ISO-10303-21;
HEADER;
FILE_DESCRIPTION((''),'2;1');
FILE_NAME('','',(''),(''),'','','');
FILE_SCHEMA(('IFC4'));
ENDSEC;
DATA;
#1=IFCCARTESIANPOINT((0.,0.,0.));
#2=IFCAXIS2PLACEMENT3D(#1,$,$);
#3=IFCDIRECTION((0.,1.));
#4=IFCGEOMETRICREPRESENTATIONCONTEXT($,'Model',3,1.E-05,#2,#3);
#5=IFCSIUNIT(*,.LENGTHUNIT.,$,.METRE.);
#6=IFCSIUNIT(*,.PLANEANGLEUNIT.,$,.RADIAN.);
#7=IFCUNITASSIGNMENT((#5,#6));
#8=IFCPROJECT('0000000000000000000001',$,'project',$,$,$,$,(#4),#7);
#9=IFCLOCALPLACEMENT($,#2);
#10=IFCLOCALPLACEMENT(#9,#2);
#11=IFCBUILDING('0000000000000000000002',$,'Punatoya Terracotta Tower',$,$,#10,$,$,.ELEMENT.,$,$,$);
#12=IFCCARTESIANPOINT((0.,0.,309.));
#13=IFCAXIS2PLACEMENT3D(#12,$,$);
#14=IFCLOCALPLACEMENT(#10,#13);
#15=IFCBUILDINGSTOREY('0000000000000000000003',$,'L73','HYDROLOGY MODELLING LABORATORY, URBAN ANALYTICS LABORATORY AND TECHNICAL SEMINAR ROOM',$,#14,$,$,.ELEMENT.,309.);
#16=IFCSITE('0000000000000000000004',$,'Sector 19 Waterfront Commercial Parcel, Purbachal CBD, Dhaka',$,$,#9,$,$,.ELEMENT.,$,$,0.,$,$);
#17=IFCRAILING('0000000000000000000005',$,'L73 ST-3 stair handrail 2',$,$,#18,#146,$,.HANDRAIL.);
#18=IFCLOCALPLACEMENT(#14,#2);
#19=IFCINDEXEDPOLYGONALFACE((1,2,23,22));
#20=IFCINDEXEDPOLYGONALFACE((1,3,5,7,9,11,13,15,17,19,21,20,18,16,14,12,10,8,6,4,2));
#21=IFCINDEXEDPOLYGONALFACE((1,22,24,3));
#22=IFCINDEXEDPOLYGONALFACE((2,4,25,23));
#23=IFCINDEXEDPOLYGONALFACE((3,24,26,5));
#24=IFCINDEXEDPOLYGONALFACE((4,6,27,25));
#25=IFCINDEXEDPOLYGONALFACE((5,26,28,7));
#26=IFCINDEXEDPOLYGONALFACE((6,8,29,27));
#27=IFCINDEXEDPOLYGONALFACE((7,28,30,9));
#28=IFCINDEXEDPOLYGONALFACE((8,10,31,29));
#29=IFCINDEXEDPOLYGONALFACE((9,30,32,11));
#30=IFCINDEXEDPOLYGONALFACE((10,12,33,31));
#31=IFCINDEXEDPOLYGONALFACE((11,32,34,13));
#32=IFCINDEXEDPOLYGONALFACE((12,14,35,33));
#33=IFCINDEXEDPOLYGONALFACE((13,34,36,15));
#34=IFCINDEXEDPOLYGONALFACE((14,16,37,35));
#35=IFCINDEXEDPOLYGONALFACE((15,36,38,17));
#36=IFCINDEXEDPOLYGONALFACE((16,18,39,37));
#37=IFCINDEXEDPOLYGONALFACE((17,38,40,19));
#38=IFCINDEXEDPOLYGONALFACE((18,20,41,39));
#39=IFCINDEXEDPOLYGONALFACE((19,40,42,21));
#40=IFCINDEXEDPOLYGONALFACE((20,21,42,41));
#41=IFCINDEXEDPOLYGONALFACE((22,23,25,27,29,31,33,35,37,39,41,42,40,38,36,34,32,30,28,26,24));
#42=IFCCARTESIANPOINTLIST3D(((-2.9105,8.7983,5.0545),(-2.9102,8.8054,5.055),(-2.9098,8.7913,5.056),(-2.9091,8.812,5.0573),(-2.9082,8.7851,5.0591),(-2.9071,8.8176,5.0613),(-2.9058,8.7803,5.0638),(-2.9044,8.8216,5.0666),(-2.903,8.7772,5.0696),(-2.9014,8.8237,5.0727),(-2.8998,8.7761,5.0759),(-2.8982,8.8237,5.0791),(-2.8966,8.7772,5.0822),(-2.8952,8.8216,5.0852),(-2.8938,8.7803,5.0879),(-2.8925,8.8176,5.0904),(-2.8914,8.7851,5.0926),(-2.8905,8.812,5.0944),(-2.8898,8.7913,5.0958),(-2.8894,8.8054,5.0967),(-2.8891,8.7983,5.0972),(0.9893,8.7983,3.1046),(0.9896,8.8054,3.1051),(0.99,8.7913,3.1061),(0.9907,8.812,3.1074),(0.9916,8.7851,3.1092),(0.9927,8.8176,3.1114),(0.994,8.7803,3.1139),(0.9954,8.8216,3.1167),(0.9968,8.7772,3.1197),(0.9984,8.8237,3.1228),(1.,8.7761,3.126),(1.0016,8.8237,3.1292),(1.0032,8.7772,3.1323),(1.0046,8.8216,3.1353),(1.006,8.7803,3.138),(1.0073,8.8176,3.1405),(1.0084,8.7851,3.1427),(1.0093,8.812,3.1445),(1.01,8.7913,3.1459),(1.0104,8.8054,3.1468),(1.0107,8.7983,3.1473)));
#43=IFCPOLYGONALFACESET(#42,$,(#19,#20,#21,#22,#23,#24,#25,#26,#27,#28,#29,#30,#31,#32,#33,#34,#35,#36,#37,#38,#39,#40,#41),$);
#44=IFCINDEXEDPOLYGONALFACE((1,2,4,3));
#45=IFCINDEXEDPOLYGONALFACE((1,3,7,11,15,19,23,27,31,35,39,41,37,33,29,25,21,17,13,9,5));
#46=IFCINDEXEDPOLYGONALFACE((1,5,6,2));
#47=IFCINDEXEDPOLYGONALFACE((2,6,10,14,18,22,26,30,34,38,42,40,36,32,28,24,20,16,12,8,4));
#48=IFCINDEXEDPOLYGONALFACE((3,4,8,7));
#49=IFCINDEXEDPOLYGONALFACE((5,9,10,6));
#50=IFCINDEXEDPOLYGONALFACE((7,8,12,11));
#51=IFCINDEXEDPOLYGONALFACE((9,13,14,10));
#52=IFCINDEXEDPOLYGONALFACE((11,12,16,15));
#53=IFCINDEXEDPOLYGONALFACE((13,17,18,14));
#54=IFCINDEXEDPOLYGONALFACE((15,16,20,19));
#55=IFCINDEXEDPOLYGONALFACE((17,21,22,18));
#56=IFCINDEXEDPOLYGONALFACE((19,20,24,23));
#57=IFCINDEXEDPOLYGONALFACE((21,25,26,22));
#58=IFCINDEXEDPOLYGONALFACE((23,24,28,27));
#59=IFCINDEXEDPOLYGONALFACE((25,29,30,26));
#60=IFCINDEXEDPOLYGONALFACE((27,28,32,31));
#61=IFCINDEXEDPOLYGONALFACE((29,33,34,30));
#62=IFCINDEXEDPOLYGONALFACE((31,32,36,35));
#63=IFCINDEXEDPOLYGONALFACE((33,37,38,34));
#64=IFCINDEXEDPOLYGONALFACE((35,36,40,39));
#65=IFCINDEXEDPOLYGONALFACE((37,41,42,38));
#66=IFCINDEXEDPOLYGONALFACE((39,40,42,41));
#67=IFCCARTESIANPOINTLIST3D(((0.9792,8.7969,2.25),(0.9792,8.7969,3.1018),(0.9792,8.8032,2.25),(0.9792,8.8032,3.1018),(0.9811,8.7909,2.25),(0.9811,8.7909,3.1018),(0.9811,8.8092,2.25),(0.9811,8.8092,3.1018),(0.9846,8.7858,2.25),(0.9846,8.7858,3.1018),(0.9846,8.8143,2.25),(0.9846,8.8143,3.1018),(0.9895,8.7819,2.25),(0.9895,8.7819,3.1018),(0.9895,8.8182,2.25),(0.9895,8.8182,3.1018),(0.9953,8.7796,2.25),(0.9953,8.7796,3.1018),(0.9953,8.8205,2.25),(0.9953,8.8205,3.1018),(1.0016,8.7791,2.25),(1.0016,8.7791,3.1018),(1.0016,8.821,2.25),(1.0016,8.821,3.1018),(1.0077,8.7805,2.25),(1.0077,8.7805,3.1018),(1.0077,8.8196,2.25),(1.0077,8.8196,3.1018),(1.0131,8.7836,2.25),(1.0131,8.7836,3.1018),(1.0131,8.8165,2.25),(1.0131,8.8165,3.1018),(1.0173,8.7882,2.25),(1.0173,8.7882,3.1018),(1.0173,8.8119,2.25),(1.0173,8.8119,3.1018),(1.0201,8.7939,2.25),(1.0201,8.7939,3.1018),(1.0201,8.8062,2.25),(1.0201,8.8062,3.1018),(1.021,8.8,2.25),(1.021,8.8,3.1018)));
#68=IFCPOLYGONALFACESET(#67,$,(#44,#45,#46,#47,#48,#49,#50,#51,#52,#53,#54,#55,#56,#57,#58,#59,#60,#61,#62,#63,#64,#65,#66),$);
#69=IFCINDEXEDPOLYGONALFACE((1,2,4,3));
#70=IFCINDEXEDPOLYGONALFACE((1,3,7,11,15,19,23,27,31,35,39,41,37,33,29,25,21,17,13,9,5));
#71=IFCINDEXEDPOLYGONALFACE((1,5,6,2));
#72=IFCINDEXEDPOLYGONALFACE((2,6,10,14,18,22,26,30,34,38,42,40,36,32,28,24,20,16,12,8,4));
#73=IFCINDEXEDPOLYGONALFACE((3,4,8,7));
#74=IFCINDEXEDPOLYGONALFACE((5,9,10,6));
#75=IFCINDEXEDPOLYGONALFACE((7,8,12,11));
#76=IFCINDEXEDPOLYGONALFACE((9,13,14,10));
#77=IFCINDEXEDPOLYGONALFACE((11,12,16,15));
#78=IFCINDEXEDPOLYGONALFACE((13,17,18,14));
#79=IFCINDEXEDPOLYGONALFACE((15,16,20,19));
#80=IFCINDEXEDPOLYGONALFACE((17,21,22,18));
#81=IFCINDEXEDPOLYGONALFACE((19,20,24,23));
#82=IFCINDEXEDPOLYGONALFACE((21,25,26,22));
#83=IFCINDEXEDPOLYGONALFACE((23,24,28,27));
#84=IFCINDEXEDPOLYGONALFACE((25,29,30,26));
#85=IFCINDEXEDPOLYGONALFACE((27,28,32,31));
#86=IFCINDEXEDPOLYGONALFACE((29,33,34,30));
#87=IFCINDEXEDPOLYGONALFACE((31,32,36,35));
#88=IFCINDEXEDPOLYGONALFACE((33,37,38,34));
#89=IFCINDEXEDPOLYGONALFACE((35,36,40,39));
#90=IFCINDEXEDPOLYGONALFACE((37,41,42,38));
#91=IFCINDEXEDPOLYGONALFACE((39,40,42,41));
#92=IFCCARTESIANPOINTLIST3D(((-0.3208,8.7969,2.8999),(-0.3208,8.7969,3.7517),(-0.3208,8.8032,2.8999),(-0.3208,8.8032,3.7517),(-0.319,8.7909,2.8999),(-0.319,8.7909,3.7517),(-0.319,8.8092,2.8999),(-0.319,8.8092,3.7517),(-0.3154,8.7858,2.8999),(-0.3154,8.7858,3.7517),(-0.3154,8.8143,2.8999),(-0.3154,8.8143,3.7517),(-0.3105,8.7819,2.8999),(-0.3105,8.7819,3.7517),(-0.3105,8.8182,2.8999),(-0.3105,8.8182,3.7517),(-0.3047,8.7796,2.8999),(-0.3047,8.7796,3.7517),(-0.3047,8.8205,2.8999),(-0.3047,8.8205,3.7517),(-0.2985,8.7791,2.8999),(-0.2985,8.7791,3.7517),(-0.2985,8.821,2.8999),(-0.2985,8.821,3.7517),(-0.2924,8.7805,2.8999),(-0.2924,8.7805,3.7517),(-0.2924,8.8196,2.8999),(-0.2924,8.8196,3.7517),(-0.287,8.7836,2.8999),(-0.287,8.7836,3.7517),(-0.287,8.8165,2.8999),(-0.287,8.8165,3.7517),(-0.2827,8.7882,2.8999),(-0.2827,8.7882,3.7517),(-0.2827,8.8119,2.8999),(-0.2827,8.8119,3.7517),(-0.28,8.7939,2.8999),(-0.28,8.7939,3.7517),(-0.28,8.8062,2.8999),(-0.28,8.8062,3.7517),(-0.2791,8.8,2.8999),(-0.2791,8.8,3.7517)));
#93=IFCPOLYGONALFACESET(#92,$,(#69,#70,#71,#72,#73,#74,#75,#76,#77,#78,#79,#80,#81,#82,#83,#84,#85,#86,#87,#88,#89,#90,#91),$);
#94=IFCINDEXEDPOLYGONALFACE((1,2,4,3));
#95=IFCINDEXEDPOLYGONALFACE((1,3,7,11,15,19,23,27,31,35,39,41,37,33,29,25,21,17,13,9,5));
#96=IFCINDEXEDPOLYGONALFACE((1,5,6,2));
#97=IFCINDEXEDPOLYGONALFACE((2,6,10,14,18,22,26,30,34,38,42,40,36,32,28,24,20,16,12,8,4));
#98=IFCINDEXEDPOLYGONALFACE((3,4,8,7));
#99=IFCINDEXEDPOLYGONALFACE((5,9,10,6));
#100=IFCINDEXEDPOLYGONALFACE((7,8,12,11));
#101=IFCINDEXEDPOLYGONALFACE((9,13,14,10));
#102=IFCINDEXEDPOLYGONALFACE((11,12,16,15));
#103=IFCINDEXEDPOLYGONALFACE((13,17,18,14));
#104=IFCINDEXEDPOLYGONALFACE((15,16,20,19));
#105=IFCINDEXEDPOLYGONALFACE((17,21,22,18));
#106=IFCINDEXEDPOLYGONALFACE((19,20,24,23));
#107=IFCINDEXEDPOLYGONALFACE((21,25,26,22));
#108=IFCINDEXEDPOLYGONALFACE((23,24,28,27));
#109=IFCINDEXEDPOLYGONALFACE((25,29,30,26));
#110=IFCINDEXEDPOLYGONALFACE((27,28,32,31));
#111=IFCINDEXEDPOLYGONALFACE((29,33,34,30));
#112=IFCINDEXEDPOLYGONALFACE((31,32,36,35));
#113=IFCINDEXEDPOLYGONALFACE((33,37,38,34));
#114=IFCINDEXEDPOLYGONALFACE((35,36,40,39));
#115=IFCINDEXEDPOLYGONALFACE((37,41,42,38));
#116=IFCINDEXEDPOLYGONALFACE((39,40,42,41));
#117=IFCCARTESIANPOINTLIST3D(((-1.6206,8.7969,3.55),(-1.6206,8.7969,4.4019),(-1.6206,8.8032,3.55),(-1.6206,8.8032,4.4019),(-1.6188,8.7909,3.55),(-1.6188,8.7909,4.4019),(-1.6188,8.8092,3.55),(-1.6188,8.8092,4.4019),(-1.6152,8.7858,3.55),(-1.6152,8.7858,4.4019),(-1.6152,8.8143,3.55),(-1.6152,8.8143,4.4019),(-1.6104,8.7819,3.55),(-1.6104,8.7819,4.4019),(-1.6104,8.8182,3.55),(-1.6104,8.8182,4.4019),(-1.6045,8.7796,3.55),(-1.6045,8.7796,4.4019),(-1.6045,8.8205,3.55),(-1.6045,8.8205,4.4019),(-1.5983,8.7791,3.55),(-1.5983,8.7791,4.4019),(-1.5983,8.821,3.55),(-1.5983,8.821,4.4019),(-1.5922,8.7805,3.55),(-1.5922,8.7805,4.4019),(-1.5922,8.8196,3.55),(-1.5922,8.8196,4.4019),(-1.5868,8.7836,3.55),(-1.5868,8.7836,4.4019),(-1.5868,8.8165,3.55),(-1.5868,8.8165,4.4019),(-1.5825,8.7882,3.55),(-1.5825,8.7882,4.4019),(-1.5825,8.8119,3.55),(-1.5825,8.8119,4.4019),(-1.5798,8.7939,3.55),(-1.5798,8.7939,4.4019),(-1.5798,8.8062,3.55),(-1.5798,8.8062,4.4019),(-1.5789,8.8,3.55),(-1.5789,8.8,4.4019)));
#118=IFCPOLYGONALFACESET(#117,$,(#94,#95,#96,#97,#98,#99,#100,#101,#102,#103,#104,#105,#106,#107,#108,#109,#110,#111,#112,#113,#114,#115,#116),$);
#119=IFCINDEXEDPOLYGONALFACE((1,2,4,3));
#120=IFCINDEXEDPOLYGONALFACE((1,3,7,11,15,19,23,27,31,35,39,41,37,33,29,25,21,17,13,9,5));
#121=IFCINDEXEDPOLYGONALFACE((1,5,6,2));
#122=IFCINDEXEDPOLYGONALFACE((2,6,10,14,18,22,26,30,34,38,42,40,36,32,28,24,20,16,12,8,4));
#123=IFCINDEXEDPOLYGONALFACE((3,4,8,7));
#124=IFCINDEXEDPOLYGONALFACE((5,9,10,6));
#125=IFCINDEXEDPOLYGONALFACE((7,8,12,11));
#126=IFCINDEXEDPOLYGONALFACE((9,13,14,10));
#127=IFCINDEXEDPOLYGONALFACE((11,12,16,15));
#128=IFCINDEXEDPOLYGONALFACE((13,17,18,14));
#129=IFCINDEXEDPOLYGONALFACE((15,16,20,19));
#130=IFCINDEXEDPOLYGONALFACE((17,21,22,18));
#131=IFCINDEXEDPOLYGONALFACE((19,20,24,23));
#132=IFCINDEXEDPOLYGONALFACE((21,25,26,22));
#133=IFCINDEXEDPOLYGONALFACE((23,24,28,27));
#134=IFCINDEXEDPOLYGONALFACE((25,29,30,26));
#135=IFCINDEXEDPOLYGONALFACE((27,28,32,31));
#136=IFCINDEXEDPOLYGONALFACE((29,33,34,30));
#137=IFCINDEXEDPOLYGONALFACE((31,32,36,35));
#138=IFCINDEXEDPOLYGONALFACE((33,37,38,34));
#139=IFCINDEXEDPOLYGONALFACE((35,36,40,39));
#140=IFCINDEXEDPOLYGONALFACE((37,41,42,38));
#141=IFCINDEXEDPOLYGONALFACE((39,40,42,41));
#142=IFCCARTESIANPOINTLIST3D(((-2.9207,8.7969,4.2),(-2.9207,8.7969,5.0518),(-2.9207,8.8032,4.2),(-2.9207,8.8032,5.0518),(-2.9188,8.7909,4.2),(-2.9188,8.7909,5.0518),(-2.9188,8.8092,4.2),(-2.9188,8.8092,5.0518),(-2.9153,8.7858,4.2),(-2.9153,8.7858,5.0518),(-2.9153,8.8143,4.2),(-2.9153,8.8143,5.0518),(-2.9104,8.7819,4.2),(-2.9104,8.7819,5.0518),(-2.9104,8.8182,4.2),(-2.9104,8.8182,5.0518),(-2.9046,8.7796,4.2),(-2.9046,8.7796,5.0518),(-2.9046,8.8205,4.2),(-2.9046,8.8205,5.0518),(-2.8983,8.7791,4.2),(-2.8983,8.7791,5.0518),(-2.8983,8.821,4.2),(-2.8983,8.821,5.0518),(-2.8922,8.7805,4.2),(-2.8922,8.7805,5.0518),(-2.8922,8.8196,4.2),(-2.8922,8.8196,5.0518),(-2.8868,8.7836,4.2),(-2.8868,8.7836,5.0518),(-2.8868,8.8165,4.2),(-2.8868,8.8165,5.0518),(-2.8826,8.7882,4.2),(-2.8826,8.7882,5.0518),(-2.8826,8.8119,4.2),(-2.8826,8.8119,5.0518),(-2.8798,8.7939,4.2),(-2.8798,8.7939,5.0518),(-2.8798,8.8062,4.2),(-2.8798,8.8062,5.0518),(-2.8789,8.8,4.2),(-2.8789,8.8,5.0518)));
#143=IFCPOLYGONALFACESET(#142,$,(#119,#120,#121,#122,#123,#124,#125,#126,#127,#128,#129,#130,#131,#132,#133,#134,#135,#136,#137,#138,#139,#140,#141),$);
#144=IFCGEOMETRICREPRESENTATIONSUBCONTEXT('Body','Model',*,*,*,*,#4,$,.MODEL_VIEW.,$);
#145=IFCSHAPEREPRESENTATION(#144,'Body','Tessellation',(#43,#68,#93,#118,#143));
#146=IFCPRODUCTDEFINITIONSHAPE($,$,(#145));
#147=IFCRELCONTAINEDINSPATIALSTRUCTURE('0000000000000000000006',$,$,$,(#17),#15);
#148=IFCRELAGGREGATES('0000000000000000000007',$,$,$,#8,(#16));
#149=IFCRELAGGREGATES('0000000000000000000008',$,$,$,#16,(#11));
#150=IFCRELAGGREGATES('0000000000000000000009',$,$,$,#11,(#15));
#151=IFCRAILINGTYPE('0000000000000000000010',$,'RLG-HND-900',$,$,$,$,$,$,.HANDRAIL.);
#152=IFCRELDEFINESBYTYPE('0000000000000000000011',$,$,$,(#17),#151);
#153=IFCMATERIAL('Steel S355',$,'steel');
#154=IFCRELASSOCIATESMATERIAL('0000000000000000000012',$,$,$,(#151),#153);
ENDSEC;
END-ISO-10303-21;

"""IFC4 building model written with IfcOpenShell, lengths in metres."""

from ifc_helpers import new_model, si_unit, direction, frame, origin, origin_2d, place, context, subcontext, project, spatial, circle, extrude, material, type_object, element, save


model = new_model("IFC4")

# Units and contexts
model_context = context("Model", 3, precision=1e-05, world=origin(), true_north=direction((0.0, 1.0)))
body_context = subcontext(model_context, "Body", "Model", "MODEL_VIEW")
ifc_project = project(units=[si_unit("LENGTHUNIT", "METRE"), si_unit("PLANEANGLEUNIT", "RADIAN")], contexts=[model_context])

# Site, building, storey
site_placement = place(None, origin())
site = spatial("IfcSite", under=ifc_project, at=site_placement, Name="Sector 19 Waterfront Commercial Parcel, Purbachal CBD, Dhaka", CompositionType="ELEMENT", RefElevation=0.0)
building_placement = place(site_placement, origin())
building = spatial("IfcBuilding", under=site, at=building_placement, Name="Punatoya Terracotta Tower", CompositionType="ELEMENT")
storey_placement = place(building_placement, frame((0.0, 0.0, 309.0)))
storey = spatial("IfcBuildingStorey", under=building, at=storey_placement, Name="L73", Description="HYDROLOGY MODELLING LABORATORY, URBAN ANALYTICS LABORATORY AND TECHNICAL SEMINAR ROOM", CompositionType="ELEMENT", Elevation=309.0)

# Shared definitions
ifc_material_1 = material(Name="Steel S355", Category="steel")

# Railing
railing_type_1 = type_object("IfcRailingType", Name="RLG-HND-900", PredefinedType="HANDRAIL", material=ifc_material_1)
railing_1_placement = place(storey_placement, frame((1.0, 8.8, 2.25)))
element("IfcRailing", 1, at=railing_1_placement, inside=storey, type_object=railing_type_1, Name="L73 ST-3 stair handrail 2", PredefinedType="HANDRAIL", context=body_context, shape_type="SweptSolid", body=[
    extrude(circle(Radius=0.0239, at=origin_2d()), frame((0.0, 0.0, 0.876), z_axis=(-0.894427, 0.0, 0.447214), x_axis=(0.0, -1.0, 0.0)), (0.0, 0.0, 1.0), 4.3601),
    extrude(circle(Radius=0.021, at=origin_2d()), origin(), (0.0, 0.0, 1.0), 0.8518),
    extrude(circle(Radius=0.021, at=origin_2d()), frame((-1.3, 0.0, 0.6499)), (0.0, 0.0, 1.0), 0.8518),
    extrude(circle(Radius=0.021, at=origin_2d()), frame((-2.5999, 0.0, 1.3)), (0.0, 0.0, 1.0), 0.8518),
    extrude(circle(Radius=0.021, at=origin_2d()), frame((-3.8999, 0.0, 1.95)), (0.0, 0.0, 1.0), 0.8518),
])

save(model, "model.ifc")
